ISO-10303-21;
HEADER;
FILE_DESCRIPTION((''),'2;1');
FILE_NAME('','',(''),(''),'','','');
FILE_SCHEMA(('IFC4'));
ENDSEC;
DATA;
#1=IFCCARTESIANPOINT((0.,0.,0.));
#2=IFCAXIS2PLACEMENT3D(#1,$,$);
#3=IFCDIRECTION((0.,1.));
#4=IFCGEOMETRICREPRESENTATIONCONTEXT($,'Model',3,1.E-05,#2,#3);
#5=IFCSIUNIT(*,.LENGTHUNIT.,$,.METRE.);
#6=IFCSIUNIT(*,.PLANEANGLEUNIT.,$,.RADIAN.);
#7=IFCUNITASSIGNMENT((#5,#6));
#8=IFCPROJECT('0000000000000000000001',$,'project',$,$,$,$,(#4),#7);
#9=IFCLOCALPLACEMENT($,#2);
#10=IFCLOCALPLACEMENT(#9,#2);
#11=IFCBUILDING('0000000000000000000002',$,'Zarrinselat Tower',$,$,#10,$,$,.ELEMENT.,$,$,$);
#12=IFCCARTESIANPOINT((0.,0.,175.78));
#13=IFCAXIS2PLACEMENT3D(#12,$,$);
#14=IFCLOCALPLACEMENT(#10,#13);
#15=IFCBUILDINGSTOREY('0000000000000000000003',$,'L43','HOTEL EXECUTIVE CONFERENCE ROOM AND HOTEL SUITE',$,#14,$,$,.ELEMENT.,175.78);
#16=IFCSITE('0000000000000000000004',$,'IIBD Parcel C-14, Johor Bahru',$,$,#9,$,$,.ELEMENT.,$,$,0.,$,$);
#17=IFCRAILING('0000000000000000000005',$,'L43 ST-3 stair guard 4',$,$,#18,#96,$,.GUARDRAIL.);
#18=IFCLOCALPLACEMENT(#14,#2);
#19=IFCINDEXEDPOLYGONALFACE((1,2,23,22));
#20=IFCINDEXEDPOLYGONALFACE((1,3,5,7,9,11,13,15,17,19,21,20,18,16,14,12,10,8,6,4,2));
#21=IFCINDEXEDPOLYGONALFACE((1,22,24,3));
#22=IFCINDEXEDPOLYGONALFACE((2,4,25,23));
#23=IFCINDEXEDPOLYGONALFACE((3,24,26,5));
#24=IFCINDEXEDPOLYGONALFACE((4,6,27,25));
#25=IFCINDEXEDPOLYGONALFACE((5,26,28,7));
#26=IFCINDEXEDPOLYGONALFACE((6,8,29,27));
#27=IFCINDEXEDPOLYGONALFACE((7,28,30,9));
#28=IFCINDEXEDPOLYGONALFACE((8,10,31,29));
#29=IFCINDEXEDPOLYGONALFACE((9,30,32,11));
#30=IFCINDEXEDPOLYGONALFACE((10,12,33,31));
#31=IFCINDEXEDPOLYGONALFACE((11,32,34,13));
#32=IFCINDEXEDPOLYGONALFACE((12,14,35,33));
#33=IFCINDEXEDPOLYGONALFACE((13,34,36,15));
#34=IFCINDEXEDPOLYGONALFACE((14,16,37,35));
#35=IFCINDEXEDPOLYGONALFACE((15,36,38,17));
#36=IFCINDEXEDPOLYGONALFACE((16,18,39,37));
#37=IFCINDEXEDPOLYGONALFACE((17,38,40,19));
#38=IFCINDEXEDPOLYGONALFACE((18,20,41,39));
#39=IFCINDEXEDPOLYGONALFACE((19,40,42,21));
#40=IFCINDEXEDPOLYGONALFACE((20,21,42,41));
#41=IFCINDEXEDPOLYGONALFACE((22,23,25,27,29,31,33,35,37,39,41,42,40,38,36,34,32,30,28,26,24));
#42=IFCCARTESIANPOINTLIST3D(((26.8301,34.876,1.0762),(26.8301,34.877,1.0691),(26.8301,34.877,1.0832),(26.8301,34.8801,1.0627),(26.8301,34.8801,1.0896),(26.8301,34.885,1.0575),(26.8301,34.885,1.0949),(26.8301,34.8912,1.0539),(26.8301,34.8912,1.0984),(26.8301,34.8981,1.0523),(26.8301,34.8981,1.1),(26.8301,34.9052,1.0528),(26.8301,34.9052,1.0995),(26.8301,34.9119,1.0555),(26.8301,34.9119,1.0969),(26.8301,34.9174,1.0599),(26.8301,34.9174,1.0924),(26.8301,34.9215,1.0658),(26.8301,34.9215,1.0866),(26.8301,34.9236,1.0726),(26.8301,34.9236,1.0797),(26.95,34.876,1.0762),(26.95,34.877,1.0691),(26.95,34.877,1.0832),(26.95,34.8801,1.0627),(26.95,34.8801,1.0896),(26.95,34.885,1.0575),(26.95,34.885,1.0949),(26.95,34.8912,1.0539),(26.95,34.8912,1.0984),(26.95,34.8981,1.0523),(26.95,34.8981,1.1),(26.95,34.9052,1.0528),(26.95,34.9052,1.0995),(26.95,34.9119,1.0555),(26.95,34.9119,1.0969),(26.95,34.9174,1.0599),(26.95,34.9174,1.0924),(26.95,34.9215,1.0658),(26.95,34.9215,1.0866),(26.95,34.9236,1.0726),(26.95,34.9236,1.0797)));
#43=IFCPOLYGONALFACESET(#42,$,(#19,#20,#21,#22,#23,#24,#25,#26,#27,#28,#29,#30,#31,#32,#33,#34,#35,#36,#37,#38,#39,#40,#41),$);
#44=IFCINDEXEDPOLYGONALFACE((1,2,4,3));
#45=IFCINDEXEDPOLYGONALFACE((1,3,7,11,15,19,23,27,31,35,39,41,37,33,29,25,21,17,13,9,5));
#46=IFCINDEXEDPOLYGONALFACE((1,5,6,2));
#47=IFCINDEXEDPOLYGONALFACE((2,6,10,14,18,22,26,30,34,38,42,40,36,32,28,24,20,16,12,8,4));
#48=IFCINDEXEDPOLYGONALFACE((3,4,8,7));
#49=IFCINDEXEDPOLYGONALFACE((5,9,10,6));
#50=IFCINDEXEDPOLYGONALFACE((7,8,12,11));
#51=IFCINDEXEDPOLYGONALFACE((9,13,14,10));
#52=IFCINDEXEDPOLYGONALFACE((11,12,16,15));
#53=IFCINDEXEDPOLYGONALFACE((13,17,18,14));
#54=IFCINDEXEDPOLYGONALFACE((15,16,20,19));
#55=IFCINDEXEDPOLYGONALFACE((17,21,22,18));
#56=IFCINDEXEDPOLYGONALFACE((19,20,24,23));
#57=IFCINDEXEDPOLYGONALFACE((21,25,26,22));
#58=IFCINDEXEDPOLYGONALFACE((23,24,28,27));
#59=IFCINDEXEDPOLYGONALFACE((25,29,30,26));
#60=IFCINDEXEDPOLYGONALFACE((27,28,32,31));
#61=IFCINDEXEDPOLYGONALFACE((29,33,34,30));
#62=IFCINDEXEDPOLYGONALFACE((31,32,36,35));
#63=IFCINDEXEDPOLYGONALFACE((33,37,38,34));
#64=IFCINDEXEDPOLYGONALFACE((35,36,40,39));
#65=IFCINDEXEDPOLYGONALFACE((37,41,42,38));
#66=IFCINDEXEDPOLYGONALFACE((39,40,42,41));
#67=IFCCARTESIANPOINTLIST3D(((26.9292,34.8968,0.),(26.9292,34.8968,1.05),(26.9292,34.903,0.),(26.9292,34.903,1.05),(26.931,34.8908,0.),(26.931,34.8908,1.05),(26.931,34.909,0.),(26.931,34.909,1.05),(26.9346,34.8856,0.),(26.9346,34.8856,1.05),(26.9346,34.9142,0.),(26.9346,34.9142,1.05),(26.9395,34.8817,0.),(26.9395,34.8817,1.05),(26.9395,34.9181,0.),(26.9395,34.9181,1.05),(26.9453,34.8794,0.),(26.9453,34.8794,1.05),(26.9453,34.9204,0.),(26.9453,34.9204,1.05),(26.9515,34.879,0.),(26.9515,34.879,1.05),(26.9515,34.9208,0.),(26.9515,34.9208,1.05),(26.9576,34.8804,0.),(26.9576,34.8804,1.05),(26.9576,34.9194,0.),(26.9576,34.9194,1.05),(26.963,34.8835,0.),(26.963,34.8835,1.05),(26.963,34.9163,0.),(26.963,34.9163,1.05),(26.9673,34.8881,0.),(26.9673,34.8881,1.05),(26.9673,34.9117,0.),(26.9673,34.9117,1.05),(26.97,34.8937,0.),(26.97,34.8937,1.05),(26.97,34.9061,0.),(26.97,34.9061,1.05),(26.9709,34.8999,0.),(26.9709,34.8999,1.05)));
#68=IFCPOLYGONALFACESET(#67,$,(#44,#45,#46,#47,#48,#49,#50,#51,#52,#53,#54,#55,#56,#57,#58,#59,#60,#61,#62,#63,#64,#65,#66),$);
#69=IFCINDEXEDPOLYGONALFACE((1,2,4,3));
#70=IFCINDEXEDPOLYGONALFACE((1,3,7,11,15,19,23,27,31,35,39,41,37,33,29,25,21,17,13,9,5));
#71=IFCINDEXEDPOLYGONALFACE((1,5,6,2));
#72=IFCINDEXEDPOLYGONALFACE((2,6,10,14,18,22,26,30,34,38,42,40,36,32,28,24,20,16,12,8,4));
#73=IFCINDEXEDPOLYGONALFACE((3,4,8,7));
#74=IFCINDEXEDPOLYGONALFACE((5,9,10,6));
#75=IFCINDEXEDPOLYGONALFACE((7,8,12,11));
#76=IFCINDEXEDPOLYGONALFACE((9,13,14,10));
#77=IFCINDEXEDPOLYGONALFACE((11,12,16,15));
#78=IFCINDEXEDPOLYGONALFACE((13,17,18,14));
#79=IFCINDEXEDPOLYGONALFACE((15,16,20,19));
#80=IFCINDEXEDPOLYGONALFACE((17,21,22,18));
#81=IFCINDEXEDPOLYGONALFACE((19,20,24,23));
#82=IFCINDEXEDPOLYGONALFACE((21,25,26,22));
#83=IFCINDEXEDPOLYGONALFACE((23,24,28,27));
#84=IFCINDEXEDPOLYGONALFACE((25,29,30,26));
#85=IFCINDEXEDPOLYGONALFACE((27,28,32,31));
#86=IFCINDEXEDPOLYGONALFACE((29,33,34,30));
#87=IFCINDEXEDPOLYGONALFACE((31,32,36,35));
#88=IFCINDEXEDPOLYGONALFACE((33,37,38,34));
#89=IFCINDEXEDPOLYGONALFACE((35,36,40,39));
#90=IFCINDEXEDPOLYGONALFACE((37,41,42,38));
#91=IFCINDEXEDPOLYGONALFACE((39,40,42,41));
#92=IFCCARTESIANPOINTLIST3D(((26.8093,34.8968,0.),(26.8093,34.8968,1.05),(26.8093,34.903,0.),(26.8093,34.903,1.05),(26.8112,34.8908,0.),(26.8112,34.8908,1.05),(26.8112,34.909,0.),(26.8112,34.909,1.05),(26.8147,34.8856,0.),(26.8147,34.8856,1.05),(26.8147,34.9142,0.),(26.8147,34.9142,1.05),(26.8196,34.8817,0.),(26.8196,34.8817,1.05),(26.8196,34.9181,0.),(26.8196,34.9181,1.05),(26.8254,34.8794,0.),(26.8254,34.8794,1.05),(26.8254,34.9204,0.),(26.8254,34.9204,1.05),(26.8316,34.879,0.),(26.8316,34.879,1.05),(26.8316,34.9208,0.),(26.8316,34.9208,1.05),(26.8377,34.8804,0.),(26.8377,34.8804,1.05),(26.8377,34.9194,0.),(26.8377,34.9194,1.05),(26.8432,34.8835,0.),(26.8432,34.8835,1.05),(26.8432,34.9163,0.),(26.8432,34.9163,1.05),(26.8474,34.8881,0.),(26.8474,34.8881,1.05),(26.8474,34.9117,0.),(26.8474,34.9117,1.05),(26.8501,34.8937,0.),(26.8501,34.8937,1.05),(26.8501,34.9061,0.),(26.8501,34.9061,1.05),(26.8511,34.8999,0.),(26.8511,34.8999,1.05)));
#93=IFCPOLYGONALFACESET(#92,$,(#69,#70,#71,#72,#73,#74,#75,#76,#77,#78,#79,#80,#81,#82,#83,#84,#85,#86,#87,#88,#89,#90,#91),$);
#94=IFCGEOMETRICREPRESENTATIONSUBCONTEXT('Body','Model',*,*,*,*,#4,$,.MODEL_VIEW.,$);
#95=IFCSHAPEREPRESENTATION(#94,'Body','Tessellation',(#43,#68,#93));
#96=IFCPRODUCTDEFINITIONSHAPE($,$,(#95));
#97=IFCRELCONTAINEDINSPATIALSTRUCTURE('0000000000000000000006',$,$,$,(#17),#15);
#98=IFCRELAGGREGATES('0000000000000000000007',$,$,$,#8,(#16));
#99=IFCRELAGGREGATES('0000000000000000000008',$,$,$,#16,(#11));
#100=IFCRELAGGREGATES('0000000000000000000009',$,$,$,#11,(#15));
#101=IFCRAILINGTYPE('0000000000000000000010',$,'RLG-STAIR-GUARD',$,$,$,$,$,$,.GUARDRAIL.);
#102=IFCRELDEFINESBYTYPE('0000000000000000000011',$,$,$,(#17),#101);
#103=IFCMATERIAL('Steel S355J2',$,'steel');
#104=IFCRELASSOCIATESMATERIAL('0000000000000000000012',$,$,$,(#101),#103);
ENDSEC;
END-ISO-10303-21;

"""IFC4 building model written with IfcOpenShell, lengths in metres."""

from ifc_helpers import new_model, si_unit, direction, frame, origin, origin_2d, place, context, subcontext, project, spatial, circle, extrude, material, type_object, element, save


model = new_model("IFC4")

# Units and contexts
model_context = context("Model", 3, precision=1e-05, world=origin(), true_north=direction((0.0, 1.0)))
body_context = subcontext(model_context, "Body", "Model", "MODEL_VIEW")
ifc_project = project(units=[si_unit("LENGTHUNIT", "METRE"), si_unit("PLANEANGLEUNIT", "RADIAN")], contexts=[model_context])

# Site, building, storey
site_placement = place(None, origin())
site = spatial("IfcSite", under=ifc_project, at=site_placement, Name="IIBD Parcel C-14, Johor Bahru", CompositionType="ELEMENT", RefElevation=0.0)
building_placement = place(site_placement, origin())
building = spatial("IfcBuilding", under=site, at=building_placement, Name="Zarrinselat Tower", CompositionType="ELEMENT")
storey_placement = place(building_placement, frame((0.0, 0.0, 175.78)))
storey = spatial("IfcBuildingStorey", under=building, at=storey_placement, Name="L43", Description="HOTEL EXECUTIVE CONFERENCE ROOM AND HOTEL SUITE", CompositionType="ELEMENT", Elevation=175.78)

# Railing
ifc_material_1 = material(Name="Steel S355J2", Category="steel")
railing_type_1 = type_object("IfcRailingType", Name="RLG-STAIR-GUARD", PredefinedType="GUARDRAIL", material=ifc_material_1)
railing_1_placement = place(storey_placement, frame((26.95, 34.8999, 0.0)))
element("IfcRailing", 1, at=railing_1_placement, inside=storey, type_object=railing_type_1, Name="L43 ST-3 stair guard 4", PredefinedType="GUARDRAIL", context=body_context, shape_type="SweptSolid", body=[
    extrude(circle(Radius=0.0239, at=origin_2d()), frame((0.0, 0.0, 1.0762), z_axis=(-1.0, 0.0, 0.0), x_axis=(0.0, -1.0, 0.0)), (0.0, 0.0, 1.0), 0.1199),
    extrude(circle(Radius=0.021, at=origin_2d()), origin(), (0.0, 0.0, 1.0), 1.05),
    extrude(circle(Radius=0.021, at=origin_2d()), frame((-0.1199, 0.0, 0.0)), (0.0, 0.0, 1.0), 1.05),
])

save(model, "model.ifc")
